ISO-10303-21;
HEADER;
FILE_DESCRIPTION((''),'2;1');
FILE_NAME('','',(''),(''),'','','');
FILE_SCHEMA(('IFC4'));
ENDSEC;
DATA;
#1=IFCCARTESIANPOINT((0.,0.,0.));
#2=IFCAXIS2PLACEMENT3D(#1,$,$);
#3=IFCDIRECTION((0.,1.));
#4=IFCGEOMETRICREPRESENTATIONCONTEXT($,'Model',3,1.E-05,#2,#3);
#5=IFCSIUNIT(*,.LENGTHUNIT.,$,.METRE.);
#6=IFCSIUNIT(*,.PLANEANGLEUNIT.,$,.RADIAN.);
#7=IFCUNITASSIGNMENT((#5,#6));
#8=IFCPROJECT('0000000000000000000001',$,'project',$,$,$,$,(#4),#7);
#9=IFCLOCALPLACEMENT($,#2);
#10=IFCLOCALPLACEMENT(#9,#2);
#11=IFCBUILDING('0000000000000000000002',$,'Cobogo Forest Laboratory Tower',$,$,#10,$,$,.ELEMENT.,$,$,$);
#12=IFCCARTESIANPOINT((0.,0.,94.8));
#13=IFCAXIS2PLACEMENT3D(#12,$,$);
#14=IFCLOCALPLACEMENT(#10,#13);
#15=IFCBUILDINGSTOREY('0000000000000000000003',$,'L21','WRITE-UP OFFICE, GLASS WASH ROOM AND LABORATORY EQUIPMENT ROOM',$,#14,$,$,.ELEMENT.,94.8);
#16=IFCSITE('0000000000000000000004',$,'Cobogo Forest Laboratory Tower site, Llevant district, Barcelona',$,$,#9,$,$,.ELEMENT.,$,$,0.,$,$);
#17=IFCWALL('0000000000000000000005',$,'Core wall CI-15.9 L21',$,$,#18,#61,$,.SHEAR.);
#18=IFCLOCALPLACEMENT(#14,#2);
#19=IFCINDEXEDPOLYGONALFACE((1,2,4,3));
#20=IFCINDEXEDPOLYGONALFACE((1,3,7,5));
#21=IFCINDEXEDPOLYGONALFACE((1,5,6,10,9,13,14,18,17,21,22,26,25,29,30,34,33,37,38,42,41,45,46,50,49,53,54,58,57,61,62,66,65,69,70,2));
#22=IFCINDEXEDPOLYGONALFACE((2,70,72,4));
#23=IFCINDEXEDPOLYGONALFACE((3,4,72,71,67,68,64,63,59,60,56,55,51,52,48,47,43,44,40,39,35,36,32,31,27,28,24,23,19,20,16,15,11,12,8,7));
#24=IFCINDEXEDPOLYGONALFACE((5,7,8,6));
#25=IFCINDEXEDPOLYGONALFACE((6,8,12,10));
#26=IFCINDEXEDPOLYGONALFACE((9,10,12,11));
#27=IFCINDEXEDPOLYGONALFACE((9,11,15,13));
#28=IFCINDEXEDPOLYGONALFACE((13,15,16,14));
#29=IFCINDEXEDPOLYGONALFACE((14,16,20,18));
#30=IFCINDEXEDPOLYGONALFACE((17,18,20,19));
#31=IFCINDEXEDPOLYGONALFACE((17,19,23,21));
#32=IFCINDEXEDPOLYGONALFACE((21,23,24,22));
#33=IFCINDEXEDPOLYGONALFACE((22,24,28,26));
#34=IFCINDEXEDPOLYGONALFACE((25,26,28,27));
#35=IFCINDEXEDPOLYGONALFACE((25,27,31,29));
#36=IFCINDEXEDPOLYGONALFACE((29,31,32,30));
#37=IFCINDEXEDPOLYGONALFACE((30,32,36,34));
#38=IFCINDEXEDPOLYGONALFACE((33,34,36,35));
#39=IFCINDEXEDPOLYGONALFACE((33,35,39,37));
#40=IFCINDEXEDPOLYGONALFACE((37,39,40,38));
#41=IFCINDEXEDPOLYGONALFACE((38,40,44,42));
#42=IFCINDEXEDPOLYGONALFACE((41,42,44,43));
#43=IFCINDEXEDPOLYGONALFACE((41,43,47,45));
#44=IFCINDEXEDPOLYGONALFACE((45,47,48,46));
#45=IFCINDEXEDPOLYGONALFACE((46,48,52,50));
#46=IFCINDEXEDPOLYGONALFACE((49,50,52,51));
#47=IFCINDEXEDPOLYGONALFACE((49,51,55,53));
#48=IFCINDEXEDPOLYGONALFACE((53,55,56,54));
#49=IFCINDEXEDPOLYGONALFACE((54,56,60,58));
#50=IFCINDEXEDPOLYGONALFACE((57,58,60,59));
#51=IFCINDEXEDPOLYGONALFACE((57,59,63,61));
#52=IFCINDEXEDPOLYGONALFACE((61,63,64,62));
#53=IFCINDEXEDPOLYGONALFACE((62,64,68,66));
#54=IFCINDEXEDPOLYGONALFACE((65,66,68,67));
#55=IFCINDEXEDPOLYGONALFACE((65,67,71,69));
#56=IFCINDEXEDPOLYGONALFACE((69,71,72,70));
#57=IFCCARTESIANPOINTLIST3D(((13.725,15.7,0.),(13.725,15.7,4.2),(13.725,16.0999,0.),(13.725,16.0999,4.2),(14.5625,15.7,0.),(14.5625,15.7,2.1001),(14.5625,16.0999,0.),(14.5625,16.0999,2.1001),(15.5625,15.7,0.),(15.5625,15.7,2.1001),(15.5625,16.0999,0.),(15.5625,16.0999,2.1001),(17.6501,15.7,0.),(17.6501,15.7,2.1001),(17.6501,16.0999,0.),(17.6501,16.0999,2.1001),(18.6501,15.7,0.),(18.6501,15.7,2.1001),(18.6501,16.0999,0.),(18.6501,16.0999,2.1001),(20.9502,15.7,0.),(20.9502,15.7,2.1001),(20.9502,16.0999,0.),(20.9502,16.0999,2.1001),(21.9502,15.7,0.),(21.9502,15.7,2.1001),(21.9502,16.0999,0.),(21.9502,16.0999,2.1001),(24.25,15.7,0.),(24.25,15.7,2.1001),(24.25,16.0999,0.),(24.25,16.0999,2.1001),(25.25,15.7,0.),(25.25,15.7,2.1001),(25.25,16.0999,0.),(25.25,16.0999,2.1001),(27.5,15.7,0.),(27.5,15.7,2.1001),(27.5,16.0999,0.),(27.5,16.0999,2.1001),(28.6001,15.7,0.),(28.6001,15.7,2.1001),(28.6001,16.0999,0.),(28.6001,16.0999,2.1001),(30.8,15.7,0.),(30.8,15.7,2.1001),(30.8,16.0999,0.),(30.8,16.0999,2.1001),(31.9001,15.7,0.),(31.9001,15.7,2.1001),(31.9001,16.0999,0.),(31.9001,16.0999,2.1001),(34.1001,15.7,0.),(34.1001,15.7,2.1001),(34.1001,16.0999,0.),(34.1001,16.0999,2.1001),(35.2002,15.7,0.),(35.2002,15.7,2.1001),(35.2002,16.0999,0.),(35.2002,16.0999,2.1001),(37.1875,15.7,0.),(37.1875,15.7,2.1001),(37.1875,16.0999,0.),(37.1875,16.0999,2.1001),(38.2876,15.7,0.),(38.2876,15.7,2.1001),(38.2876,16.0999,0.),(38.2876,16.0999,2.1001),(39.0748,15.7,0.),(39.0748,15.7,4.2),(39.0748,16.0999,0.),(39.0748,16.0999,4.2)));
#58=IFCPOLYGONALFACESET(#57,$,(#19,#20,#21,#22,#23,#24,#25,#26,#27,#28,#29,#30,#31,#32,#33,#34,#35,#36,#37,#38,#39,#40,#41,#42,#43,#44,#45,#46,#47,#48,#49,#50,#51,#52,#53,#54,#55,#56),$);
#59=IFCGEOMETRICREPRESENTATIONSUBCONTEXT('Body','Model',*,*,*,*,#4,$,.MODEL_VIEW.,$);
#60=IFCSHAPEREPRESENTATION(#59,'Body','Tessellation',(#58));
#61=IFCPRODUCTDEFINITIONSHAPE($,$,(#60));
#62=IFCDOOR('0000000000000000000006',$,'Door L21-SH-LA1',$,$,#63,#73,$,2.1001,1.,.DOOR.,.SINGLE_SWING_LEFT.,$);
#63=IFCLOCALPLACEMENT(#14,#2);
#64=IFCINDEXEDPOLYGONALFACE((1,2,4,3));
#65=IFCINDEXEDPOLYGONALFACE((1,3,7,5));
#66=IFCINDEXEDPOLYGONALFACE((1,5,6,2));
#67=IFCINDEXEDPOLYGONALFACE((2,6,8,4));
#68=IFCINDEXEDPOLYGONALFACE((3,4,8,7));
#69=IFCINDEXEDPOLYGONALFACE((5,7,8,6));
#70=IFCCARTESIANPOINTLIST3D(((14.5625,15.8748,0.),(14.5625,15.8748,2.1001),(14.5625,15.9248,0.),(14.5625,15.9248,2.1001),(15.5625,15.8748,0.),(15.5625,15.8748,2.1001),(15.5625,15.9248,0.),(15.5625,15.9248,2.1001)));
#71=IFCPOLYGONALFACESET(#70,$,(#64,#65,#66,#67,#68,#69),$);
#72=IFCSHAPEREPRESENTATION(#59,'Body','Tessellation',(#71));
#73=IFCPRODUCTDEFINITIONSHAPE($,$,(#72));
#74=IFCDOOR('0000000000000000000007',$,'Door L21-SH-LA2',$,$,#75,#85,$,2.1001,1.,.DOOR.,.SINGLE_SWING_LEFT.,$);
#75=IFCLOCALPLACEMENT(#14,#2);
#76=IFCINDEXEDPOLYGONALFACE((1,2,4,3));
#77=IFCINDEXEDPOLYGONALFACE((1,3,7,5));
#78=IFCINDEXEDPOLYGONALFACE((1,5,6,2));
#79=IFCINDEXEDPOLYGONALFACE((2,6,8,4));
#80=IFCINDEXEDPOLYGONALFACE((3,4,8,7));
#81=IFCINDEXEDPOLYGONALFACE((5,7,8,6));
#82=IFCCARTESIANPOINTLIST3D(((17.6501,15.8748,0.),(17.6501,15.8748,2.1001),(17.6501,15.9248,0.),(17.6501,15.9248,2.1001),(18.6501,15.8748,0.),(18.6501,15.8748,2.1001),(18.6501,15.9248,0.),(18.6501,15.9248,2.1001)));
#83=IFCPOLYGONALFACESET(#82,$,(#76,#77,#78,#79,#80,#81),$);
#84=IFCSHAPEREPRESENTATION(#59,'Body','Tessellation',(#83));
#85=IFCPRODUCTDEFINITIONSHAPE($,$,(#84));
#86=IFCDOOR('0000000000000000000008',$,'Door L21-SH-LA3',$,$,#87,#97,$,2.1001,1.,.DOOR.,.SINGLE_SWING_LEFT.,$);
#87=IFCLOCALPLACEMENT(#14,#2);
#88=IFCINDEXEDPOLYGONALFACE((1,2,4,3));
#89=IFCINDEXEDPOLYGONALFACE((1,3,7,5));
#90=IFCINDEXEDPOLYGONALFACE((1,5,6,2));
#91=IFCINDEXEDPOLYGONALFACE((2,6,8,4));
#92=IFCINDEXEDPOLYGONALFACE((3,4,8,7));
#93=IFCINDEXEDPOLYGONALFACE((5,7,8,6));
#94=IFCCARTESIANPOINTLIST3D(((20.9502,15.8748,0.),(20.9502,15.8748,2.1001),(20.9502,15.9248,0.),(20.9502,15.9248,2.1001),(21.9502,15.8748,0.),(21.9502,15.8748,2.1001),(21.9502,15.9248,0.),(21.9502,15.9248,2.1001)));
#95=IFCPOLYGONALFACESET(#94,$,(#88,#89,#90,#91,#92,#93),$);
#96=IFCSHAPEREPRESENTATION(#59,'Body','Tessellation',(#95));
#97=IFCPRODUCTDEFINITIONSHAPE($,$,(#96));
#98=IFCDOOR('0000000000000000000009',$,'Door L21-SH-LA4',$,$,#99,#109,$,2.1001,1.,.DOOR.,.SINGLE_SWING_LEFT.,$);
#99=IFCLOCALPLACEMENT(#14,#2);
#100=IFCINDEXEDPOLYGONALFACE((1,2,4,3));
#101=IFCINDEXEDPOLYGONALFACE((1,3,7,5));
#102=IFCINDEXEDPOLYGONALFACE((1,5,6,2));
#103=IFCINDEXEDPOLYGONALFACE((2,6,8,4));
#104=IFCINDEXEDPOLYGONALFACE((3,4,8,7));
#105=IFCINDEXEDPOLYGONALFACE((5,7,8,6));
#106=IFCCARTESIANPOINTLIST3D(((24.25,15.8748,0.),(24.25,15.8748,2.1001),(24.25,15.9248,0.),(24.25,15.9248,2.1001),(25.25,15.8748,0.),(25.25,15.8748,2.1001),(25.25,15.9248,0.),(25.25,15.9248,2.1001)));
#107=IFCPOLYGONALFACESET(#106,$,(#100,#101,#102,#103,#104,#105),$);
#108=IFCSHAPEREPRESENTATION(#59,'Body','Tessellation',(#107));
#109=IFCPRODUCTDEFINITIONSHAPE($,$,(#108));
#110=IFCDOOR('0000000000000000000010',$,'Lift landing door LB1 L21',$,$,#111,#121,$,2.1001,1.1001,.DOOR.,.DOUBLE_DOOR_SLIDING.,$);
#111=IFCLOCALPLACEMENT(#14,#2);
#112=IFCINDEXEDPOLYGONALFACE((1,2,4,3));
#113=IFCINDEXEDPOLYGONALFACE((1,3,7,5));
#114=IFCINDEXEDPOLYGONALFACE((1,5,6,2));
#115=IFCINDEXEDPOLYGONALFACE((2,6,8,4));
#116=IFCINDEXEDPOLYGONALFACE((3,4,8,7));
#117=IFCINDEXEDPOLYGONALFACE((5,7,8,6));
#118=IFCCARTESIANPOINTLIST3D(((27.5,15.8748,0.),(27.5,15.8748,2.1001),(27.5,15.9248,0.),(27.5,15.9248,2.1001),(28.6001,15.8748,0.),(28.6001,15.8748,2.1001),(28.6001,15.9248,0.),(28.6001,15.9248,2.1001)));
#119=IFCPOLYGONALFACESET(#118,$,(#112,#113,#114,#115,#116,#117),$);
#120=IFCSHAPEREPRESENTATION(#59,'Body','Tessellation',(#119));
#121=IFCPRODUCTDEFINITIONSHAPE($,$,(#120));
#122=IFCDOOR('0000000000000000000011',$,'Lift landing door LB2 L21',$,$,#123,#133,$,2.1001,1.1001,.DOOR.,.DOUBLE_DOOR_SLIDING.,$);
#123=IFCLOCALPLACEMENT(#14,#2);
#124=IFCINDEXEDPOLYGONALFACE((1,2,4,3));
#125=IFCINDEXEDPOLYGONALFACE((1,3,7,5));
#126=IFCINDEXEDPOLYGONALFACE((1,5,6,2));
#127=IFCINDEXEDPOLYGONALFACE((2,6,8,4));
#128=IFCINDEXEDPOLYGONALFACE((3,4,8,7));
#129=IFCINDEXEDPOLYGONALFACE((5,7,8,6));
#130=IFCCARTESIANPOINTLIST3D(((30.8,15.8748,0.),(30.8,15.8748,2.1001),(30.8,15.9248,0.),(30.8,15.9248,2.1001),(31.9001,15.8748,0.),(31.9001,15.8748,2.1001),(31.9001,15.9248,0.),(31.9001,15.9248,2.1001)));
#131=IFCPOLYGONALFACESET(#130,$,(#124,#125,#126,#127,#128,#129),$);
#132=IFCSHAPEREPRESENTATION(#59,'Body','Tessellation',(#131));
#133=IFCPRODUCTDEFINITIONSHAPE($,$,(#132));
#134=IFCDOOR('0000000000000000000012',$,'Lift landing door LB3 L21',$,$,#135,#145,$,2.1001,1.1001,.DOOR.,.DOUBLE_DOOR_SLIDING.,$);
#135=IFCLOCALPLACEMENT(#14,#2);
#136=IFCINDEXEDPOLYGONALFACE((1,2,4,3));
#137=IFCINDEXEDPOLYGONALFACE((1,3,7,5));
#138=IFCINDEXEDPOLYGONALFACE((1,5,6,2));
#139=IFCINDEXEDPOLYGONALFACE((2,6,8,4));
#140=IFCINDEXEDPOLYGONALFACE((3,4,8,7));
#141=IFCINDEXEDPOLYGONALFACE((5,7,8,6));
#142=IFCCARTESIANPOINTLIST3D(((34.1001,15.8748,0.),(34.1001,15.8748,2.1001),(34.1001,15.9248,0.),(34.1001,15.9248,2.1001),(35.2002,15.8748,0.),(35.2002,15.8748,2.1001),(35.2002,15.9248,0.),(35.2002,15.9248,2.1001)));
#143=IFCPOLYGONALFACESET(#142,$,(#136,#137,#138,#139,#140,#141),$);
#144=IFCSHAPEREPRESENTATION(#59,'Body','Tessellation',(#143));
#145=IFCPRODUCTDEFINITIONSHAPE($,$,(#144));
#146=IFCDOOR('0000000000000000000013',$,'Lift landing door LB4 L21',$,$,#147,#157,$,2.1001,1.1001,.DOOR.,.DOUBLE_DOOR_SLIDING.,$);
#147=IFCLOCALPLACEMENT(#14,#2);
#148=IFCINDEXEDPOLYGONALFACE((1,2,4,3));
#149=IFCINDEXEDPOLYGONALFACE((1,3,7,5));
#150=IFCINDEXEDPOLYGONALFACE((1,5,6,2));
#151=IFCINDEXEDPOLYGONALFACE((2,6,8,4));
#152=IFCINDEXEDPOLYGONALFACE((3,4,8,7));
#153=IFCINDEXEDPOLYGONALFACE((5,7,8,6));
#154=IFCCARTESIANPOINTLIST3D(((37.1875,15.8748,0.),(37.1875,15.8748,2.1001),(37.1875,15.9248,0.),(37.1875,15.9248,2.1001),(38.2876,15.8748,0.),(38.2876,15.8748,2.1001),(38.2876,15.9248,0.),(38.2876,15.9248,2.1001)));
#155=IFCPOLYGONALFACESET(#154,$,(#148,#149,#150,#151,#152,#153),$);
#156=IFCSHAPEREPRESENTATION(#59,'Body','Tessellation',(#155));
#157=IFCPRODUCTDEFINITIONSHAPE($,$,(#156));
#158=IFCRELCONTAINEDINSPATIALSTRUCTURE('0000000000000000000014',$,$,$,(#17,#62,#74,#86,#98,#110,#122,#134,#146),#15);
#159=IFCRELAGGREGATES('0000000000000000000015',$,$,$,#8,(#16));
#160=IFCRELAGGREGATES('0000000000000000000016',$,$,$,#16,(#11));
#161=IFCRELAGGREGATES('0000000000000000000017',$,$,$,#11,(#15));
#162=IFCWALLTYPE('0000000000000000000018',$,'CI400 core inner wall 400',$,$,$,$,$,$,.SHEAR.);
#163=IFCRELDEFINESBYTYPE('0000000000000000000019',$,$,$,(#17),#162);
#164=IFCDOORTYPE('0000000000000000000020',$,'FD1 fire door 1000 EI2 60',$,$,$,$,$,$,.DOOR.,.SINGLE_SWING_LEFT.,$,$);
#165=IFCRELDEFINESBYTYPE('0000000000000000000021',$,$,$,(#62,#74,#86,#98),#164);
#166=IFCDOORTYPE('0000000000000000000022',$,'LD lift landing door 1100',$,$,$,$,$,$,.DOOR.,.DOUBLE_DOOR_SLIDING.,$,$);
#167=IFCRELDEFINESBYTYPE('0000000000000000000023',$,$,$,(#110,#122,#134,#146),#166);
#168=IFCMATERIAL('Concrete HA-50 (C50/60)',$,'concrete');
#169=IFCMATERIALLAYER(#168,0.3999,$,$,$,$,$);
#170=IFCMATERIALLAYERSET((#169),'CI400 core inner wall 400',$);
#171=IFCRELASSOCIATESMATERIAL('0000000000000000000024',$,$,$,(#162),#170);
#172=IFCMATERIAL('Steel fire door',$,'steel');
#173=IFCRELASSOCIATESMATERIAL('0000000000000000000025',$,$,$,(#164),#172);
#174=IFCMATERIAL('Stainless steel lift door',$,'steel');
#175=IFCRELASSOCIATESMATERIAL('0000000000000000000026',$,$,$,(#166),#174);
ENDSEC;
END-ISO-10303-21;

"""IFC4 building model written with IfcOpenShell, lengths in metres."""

from ifc_helpers import new_model, si_unit, direction, frame, frame_2d, origin, place, context, subcontext, project, spatial, rectangle, extrude, material, layer, layer_set, type_object, element, fill, save


model = new_model("IFC4")

# Units and contexts
model_context = context("Model", 3, precision=1e-05, world=origin(), true_north=direction((0.0, 1.0)))
body_context = subcontext(model_context, "Body", "Model", "MODEL_VIEW")
ifc_project = project(units=[si_unit("LENGTHUNIT", "METRE"), si_unit("PLANEANGLEUNIT", "RADIAN")], contexts=[model_context])

# Site, building, storey
site_placement = place(None, origin())
site = spatial("IfcSite", under=ifc_project, at=site_placement, Name="Cobogo Forest Laboratory Tower site, Llevant district, Barcelona", CompositionType="ELEMENT", RefElevation=0.0)
building_placement = place(site_placement, origin())
building = spatial("IfcBuilding", under=site, at=building_placement, Name="Cobogo Forest Laboratory Tower", CompositionType="ELEMENT")
storey_placement = place(building_placement, frame((0.0, 0.0, 94.8)))
storey = spatial("IfcBuildingStorey", under=building, at=storey_placement, Name="L21", Description="WRITE-UP OFFICE, GLASS WASH ROOM AND LABORATORY EQUIPMENT ROOM", CompositionType="ELEMENT", Elevation=94.8)

# Wall, openings, doors
ifc_material_1 = material(Name="Concrete HA-50 (C50/60)", Category="concrete")
ifc_layer_1 = layer(ifc_material_1, 0.3999)
ifc_layer_set_1 = layer_set([ifc_layer_1], Name="CI400 core inner wall 400")
wall_type_1 = type_object("IfcWallType", Name="CI400 core inner wall 400", PredefinedType="SHEAR", material=ifc_layer_set_1)
wall_1_placement = place(storey_placement, frame((13.7251, 15.8999, 0.0), z_axis=(0.0, 0.0, 1.0), x_axis=(1.0, 0.0, 0.0)))
wall_1 = element("IfcWall", 1, at=wall_1_placement, inside=storey, type_object=wall_type_1, Name="Core wall CI-15.9 L21", PredefinedType="SHEAR", context=body_context, shape_type="SweptSolid", body=[
    extrude(rectangle(XDim=25.3499, YDim=0.3999, at=frame_2d((12.6748, 0.0))), origin(), (0.0, 0.0, 1.0), 4.2),
])
opening_1_placement = place(wall_1_placement, frame((0.8374, 0.0, 0.0)))
opening_1 = element("IfcOpeningElement", 2, at=opening_1_placement, cuts=wall_1, PredefinedType="OPENING", context=body_context, shape_type="SweptSolid", body=[
    extrude(rectangle(XDim=1.0, YDim=2.1001, at=frame_2d((0.5, 1.05))), frame((0.0, 0.21, 0.0), z_axis=(0.0, -1.0, 0.0), x_axis=(1.0, 0.0, 0.0)), (0.0, 0.0, 1.0), 0.4199),
])
opening_2_placement = place(wall_1_placement, frame((3.925, 0.0, 0.0)))
opening_2 = element("IfcOpeningElement", 3, at=opening_2_placement, cuts=wall_1, PredefinedType="OPENING", context=body_context, shape_type="SweptSolid", body=[
    extrude(rectangle(XDim=1.0, YDim=2.1001, at=frame_2d((0.5, 1.05))), frame((0.0, 0.21, 0.0), z_axis=(0.0, -1.0, 0.0), x_axis=(1.0, 0.0, 0.0)), (0.0, 0.0, 1.0), 0.4199),
])
opening_3_placement = place(wall_1_placement, frame((7.2251, 0.0, 0.0)))
opening_3 = element("IfcOpeningElement", 4, at=opening_3_placement, cuts=wall_1, PredefinedType="OPENING", context=body_context, shape_type="SweptSolid", body=[
    extrude(rectangle(XDim=1.0, YDim=2.1001, at=frame_2d((0.5, 1.05))), frame((0.0, 0.21, 0.0), z_axis=(0.0, -1.0, 0.0), x_axis=(1.0, 0.0, 0.0)), (0.0, 0.0, 1.0), 0.4199),
])
opening_4_placement = place(wall_1_placement, frame((10.5249, 0.0, 0.0)))
opening_4 = element("IfcOpeningElement", 5, at=opening_4_placement, cuts=wall_1, PredefinedType="OPENING", context=body_context, shape_type="SweptSolid", body=[
    extrude(rectangle(XDim=1.0, YDim=2.1001, at=frame_2d((0.5, 1.05))), frame((0.0, 0.21, 0.0), z_axis=(0.0, -1.0, 0.0), x_axis=(1.0, 0.0, 0.0)), (0.0, 0.0, 1.0), 0.4199),
])
opening_5_placement = place(wall_1_placement, frame((13.7749, 0.0, 0.0)))
opening_5 = element("IfcOpeningElement", 6, at=opening_5_placement, cuts=wall_1, PredefinedType="OPENING", context=body_context, shape_type="SweptSolid", body=[
    extrude(rectangle(XDim=1.1001, YDim=2.1001, at=frame_2d((0.55, 1.05))), frame((0.0, 0.21, 0.0), z_axis=(0.0, -1.0, 0.0), x_axis=(1.0, 0.0, 0.0)), (0.0, 0.0, 1.0), 0.4199),
])
opening_6_placement = place(wall_1_placement, frame((17.075, 0.0, 0.0)))
opening_6 = element("IfcOpeningElement", 7, at=opening_6_placement, cuts=wall_1, PredefinedType="OPENING", context=body_context, shape_type="SweptSolid", body=[
    extrude(rectangle(XDim=1.1001, YDim=2.1001, at=frame_2d((0.55, 1.05))), frame((0.0, 0.21, 0.0), z_axis=(0.0, -1.0, 0.0), x_axis=(1.0, 0.0, 0.0)), (0.0, 0.0, 1.0), 0.4199),
])
opening_7_placement = place(wall_1_placement, frame((20.375, 0.0, 0.0)))
opening_7 = element("IfcOpeningElement", 8, at=opening_7_placement, cuts=wall_1, PredefinedType="OPENING", context=body_context, shape_type="SweptSolid", body=[
    extrude(rectangle(XDim=1.1001, YDim=2.1001, at=frame_2d((0.55, 1.05))), frame((0.0, 0.21, 0.0), z_axis=(0.0, -1.0, 0.0), x_axis=(1.0, 0.0, 0.0)), (0.0, 0.0, 1.0), 0.4199),
])
opening_8_placement = place(wall_1_placement, frame((23.4624, 0.0, 0.0)))
opening_8 = element("IfcOpeningElement", 9, at=opening_8_placement, cuts=wall_1, PredefinedType="OPENING", context=body_context, shape_type="SweptSolid", body=[
    extrude(rectangle(XDim=1.1001, YDim=2.1001, at=frame_2d((0.55, 1.05))), frame((0.0, 0.21, 0.0), z_axis=(0.0, -1.0, 0.0), x_axis=(1.0, 0.0, 0.0)), (0.0, 0.0, 1.0), 0.4199),
])
ifc_material_2 = material(Name="Steel fire door", Category="steel")
door_type_1 = type_object("IfcDoorType", Name="FD1 fire door 1000 EI2 60", OperationType="SINGLE_SWING_LEFT", PredefinedType="DOOR", material=ifc_material_2)
door_1_placement = place(opening_1_placement, origin())
door_1 = element("IfcDoor", 10, at=door_1_placement, inside=storey, type_object=door_type_1, Name="Door L21-SH-LA1", OperationType="SINGLE_SWING_LEFT", OverallHeight=2.1001, OverallWidth=1.0, PredefinedType="DOOR", context=body_context, shape_type="SweptSolid", body=[
    extrude(rectangle(XDim=1.0, YDim=2.1001, at=frame_2d((0.5, 1.05))), frame((0.0, 0.0249, 0.0), z_axis=(0.0, -1.0, 0.0), x_axis=(1.0, 0.0, 0.0)), (0.0, 0.0, 1.0), 0.05),
])
fill(opening_1, door_1)
door_2_placement = place(opening_2_placement, origin())
door_2 = element("IfcDoor", 11, at=door_2_placement, inside=storey, type_object=door_type_1, Name="Door L21-SH-LA2", OperationType="SINGLE_SWING_LEFT", OverallHeight=2.1001, OverallWidth=1.0, PredefinedType="DOOR", context=body_context, shape_type="SweptSolid", body=[
    extrude(rectangle(XDim=1.0, YDim=2.1001, at=frame_2d((0.5, 1.05))), frame((0.0, 0.0249, 0.0), z_axis=(0.0, -1.0, 0.0), x_axis=(1.0, 0.0, 0.0)), (0.0, 0.0, 1.0), 0.05),
])
fill(opening_2, door_2)
door_3_placement = place(opening_3_placement, origin())
door_3 = element("IfcDoor", 12, at=door_3_placement, inside=storey, type_object=door_type_1, Name="Door L21-SH-LA3", OperationType="SINGLE_SWING_LEFT", OverallHeight=2.1001, OverallWidth=1.0, PredefinedType="DOOR", context=body_context, shape_type="SweptSolid", body=[
    extrude(rectangle(XDim=1.0, YDim=2.1001, at=frame_2d((0.5, 1.05))), frame((0.0, 0.0249, 0.0), z_axis=(0.0, -1.0, 0.0), x_axis=(1.0, 0.0, 0.0)), (0.0, 0.0, 1.0), 0.05),
])
fill(opening_3, door_3)
door_4_placement = place(opening_4_placement, origin())
door_4 = element("IfcDoor", 13, at=door_4_placement, inside=storey, type_object=door_type_1, Name="Door L21-SH-LA4", OperationType="SINGLE_SWING_LEFT", OverallHeight=2.1001, OverallWidth=1.0, PredefinedType="DOOR", context=body_context, shape_type="SweptSolid", body=[
    extrude(rectangle(XDim=1.0, YDim=2.1001, at=frame_2d((0.5, 1.05))), frame((0.0, 0.0249, 0.0), z_axis=(0.0, -1.0, 0.0), x_axis=(1.0, 0.0, 0.0)), (0.0, 0.0, 1.0), 0.05),
])
fill(opening_4, door_4)
ifc_material_3 = material(Name="Stainless steel lift door", Category="steel")
door_type_2 = type_object("IfcDoorType", Name="LD lift landing door 1100", OperationType="DOUBLE_DOOR_SLIDING", PredefinedType="DOOR", material=ifc_material_3)
door_5_placement = place(opening_5_placement, origin())
door_5 = element("IfcDoor", 14, at=door_5_placement, inside=storey, type_object=door_type_2, Name="Lift landing door LB1 L21", OperationType="DOUBLE_DOOR_SLIDING", OverallHeight=2.1001, OverallWidth=1.1001, PredefinedType="DOOR", context=body_context, shape_type="SweptSolid", body=[
    extrude(rectangle(XDim=1.1001, YDim=2.1001, at=frame_2d((0.55, 1.05))), frame((0.0, 0.0249, 0.0), z_axis=(0.0, -1.0, 0.0), x_axis=(1.0, 0.0, 0.0)), (0.0, 0.0, 1.0), 0.05),
])
fill(opening_5, door_5)
door_6_placement = place(opening_6_placement, origin())
door_6 = element("IfcDoor", 15, at=door_6_placement, inside=storey, type_object=door_type_2, Name="Lift landing door LB2 L21", OperationType="DOUBLE_DOOR_SLIDING", OverallHeight=2.1001, OverallWidth=1.1001, PredefinedType="DOOR", context=body_context, shape_type="SweptSolid", body=[
    extrude(rectangle(XDim=1.1001, YDim=2.1001, at=frame_2d((0.55, 1.05))), frame((0.0, 0.0249, 0.0), z_axis=(0.0, -1.0, 0.0), x_axis=(1.0, 0.0, 0.0)), (0.0, 0.0, 1.0), 0.05),
])
fill(opening_6, door_6)
door_7_placement = place(opening_7_placement, origin())
door_7 = element("IfcDoor", 16, at=door_7_placement, inside=storey, type_object=door_type_2, Name="Lift landing door LB3 L21", OperationType="DOUBLE_DOOR_SLIDING", OverallHeight=2.1001, OverallWidth=1.1001, PredefinedType="DOOR", context=body_context, shape_type="SweptSolid", body=[
    extrude(rectangle(XDim=1.1001, YDim=2.1001, at=frame_2d((0.55, 1.05))), frame((0.0, 0.0249, 0.0), z_axis=(0.0, -1.0, 0.0), x_axis=(1.0, 0.0, 0.0)), (0.0, 0.0, 1.0), 0.05),
])
fill(opening_7, door_7)
door_8_placement = place(opening_8_placement, origin())
door_8 = element("IfcDoor", 17, at=door_8_placement, inside=storey, type_object=door_type_2, Name="Lift landing door LB4 L21", OperationType="DOUBLE_DOOR_SLIDING", OverallHeight=2.1001, OverallWidth=1.1001, PredefinedType="DOOR", context=body_context, shape_type="SweptSolid", body=[
    extrude(rectangle(XDim=1.1001, YDim=2.1001, at=frame_2d((0.55, 1.05))), frame((0.0, 0.0249, 0.0), z_axis=(0.0, -1.0, 0.0), x_axis=(1.0, 0.0, 0.0)), (0.0, 0.0, 1.0), 0.05),
])
fill(opening_8, door_8)

save(model, "model.ifc")
